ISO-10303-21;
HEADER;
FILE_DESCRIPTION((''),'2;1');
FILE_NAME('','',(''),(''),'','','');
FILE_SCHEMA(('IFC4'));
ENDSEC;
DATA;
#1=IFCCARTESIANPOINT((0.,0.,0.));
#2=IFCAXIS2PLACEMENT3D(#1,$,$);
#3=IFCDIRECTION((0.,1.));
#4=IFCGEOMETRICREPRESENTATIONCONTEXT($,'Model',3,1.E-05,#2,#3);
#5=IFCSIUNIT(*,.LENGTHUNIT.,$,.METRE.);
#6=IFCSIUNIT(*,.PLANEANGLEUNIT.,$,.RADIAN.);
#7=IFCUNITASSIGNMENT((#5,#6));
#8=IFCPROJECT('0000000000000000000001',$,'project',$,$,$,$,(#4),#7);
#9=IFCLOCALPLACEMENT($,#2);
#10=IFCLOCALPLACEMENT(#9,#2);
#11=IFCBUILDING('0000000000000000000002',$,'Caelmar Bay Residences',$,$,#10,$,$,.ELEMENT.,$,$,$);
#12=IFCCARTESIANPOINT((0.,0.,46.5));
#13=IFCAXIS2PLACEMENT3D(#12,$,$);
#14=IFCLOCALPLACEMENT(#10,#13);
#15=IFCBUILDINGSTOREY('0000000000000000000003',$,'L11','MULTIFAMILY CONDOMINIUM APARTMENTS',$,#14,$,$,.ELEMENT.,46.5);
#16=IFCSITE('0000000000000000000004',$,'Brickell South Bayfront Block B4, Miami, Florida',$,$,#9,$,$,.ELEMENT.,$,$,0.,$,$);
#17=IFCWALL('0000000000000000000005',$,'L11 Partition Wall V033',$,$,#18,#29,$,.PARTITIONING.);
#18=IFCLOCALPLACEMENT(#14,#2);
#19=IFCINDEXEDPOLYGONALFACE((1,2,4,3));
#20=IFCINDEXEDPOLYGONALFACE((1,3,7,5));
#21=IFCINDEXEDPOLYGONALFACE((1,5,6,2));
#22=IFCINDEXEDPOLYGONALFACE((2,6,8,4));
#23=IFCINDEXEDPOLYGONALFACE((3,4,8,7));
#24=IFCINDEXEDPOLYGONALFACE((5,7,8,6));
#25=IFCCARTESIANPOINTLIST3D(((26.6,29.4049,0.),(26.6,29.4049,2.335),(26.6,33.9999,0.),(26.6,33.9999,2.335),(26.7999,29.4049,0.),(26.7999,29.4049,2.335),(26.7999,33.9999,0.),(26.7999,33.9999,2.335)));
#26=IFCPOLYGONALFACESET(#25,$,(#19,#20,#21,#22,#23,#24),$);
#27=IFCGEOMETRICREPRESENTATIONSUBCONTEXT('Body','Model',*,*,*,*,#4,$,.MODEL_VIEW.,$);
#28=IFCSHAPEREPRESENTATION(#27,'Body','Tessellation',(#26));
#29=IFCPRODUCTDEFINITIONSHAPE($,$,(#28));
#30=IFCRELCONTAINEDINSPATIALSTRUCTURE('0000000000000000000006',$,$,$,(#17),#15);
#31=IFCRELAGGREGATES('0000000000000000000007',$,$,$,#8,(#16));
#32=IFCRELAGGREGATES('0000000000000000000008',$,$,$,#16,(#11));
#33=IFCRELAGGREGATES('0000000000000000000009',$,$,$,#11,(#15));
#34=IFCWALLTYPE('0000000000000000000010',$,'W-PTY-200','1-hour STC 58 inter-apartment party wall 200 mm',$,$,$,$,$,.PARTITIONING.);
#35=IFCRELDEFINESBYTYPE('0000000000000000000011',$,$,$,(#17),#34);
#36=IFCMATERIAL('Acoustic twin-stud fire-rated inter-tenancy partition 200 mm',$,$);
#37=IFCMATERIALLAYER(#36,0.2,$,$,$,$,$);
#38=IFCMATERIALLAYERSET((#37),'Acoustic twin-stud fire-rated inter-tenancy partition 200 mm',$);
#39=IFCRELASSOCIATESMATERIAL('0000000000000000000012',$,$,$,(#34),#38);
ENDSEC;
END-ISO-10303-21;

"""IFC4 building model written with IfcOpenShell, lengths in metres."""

from ifc_helpers import new_model, si_unit, direction, frame, frame_2d, origin, place, context, subcontext, project, spatial, rectangle, extrude, material, layer, layer_set, type_object, element, save


model = new_model("IFC4")

# Units and contexts
model_context = context("Model", 3, precision=1e-05, world=origin(), true_north=direction((0.0, 1.0)))
body_context = subcontext(model_context, "Body", "Model", "MODEL_VIEW")
ifc_project = project(units=[si_unit("LENGTHUNIT", "METRE"), si_unit("PLANEANGLEUNIT", "RADIAN")], contexts=[model_context])

# Site, building, storey
site_placement = place(None, origin())
site = spatial("IfcSite", under=ifc_project, at=site_placement, Name="Brickell South Bayfront Block B4, Miami, Florida", CompositionType="ELEMENT", RefElevation=0.0)
building_placement = place(site_placement, origin())
building = spatial("IfcBuilding", under=site, at=building_placement, Name="Caelmar Bay Residences", CompositionType="ELEMENT")
storey_placement = place(building_placement, frame((0.0, 0.0, 46.5)))
storey = spatial("IfcBuildingStorey", under=building, at=storey_placement, Name="L11", Description="MULTIFAMILY CONDOMINIUM APARTMENTS", CompositionType="ELEMENT", Elevation=46.5)

# Wall
ifc_material_1 = material(Name="Acoustic twin-stud fire-rated inter-tenancy partition 200 mm")
ifc_layer_1 = layer(ifc_material_1, 0.2)
ifc_layer_set_1 = layer_set([ifc_layer_1], Name="Acoustic twin-stud fire-rated inter-tenancy partition 200 mm")
wall_type_1 = type_object("IfcWallType", Name="W-PTY-200", Description="1-hour STC 58 inter-apartment party wall 200 mm", PredefinedType="PARTITIONING", material=ifc_layer_set_1)
wall_1_placement = place(storey_placement, frame((26.7, 29.405, 0.0), z_axis=(0.0, 0.0, 1.0), x_axis=(0.0, 1.0, 0.0)))
element("IfcWall", 1, at=wall_1_placement, inside=storey, type_object=wall_type_1, Name="L11 Partition Wall V033", PredefinedType="PARTITIONING", context=body_context, shape_type="SweptSolid", body=[
    extrude(rectangle(XDim=4.595, YDim=0.2, at=frame_2d((2.2974, 0.0))), origin(), (0.0, 0.0, 1.0), 2.335),
])

save(model, "model.ifc")
